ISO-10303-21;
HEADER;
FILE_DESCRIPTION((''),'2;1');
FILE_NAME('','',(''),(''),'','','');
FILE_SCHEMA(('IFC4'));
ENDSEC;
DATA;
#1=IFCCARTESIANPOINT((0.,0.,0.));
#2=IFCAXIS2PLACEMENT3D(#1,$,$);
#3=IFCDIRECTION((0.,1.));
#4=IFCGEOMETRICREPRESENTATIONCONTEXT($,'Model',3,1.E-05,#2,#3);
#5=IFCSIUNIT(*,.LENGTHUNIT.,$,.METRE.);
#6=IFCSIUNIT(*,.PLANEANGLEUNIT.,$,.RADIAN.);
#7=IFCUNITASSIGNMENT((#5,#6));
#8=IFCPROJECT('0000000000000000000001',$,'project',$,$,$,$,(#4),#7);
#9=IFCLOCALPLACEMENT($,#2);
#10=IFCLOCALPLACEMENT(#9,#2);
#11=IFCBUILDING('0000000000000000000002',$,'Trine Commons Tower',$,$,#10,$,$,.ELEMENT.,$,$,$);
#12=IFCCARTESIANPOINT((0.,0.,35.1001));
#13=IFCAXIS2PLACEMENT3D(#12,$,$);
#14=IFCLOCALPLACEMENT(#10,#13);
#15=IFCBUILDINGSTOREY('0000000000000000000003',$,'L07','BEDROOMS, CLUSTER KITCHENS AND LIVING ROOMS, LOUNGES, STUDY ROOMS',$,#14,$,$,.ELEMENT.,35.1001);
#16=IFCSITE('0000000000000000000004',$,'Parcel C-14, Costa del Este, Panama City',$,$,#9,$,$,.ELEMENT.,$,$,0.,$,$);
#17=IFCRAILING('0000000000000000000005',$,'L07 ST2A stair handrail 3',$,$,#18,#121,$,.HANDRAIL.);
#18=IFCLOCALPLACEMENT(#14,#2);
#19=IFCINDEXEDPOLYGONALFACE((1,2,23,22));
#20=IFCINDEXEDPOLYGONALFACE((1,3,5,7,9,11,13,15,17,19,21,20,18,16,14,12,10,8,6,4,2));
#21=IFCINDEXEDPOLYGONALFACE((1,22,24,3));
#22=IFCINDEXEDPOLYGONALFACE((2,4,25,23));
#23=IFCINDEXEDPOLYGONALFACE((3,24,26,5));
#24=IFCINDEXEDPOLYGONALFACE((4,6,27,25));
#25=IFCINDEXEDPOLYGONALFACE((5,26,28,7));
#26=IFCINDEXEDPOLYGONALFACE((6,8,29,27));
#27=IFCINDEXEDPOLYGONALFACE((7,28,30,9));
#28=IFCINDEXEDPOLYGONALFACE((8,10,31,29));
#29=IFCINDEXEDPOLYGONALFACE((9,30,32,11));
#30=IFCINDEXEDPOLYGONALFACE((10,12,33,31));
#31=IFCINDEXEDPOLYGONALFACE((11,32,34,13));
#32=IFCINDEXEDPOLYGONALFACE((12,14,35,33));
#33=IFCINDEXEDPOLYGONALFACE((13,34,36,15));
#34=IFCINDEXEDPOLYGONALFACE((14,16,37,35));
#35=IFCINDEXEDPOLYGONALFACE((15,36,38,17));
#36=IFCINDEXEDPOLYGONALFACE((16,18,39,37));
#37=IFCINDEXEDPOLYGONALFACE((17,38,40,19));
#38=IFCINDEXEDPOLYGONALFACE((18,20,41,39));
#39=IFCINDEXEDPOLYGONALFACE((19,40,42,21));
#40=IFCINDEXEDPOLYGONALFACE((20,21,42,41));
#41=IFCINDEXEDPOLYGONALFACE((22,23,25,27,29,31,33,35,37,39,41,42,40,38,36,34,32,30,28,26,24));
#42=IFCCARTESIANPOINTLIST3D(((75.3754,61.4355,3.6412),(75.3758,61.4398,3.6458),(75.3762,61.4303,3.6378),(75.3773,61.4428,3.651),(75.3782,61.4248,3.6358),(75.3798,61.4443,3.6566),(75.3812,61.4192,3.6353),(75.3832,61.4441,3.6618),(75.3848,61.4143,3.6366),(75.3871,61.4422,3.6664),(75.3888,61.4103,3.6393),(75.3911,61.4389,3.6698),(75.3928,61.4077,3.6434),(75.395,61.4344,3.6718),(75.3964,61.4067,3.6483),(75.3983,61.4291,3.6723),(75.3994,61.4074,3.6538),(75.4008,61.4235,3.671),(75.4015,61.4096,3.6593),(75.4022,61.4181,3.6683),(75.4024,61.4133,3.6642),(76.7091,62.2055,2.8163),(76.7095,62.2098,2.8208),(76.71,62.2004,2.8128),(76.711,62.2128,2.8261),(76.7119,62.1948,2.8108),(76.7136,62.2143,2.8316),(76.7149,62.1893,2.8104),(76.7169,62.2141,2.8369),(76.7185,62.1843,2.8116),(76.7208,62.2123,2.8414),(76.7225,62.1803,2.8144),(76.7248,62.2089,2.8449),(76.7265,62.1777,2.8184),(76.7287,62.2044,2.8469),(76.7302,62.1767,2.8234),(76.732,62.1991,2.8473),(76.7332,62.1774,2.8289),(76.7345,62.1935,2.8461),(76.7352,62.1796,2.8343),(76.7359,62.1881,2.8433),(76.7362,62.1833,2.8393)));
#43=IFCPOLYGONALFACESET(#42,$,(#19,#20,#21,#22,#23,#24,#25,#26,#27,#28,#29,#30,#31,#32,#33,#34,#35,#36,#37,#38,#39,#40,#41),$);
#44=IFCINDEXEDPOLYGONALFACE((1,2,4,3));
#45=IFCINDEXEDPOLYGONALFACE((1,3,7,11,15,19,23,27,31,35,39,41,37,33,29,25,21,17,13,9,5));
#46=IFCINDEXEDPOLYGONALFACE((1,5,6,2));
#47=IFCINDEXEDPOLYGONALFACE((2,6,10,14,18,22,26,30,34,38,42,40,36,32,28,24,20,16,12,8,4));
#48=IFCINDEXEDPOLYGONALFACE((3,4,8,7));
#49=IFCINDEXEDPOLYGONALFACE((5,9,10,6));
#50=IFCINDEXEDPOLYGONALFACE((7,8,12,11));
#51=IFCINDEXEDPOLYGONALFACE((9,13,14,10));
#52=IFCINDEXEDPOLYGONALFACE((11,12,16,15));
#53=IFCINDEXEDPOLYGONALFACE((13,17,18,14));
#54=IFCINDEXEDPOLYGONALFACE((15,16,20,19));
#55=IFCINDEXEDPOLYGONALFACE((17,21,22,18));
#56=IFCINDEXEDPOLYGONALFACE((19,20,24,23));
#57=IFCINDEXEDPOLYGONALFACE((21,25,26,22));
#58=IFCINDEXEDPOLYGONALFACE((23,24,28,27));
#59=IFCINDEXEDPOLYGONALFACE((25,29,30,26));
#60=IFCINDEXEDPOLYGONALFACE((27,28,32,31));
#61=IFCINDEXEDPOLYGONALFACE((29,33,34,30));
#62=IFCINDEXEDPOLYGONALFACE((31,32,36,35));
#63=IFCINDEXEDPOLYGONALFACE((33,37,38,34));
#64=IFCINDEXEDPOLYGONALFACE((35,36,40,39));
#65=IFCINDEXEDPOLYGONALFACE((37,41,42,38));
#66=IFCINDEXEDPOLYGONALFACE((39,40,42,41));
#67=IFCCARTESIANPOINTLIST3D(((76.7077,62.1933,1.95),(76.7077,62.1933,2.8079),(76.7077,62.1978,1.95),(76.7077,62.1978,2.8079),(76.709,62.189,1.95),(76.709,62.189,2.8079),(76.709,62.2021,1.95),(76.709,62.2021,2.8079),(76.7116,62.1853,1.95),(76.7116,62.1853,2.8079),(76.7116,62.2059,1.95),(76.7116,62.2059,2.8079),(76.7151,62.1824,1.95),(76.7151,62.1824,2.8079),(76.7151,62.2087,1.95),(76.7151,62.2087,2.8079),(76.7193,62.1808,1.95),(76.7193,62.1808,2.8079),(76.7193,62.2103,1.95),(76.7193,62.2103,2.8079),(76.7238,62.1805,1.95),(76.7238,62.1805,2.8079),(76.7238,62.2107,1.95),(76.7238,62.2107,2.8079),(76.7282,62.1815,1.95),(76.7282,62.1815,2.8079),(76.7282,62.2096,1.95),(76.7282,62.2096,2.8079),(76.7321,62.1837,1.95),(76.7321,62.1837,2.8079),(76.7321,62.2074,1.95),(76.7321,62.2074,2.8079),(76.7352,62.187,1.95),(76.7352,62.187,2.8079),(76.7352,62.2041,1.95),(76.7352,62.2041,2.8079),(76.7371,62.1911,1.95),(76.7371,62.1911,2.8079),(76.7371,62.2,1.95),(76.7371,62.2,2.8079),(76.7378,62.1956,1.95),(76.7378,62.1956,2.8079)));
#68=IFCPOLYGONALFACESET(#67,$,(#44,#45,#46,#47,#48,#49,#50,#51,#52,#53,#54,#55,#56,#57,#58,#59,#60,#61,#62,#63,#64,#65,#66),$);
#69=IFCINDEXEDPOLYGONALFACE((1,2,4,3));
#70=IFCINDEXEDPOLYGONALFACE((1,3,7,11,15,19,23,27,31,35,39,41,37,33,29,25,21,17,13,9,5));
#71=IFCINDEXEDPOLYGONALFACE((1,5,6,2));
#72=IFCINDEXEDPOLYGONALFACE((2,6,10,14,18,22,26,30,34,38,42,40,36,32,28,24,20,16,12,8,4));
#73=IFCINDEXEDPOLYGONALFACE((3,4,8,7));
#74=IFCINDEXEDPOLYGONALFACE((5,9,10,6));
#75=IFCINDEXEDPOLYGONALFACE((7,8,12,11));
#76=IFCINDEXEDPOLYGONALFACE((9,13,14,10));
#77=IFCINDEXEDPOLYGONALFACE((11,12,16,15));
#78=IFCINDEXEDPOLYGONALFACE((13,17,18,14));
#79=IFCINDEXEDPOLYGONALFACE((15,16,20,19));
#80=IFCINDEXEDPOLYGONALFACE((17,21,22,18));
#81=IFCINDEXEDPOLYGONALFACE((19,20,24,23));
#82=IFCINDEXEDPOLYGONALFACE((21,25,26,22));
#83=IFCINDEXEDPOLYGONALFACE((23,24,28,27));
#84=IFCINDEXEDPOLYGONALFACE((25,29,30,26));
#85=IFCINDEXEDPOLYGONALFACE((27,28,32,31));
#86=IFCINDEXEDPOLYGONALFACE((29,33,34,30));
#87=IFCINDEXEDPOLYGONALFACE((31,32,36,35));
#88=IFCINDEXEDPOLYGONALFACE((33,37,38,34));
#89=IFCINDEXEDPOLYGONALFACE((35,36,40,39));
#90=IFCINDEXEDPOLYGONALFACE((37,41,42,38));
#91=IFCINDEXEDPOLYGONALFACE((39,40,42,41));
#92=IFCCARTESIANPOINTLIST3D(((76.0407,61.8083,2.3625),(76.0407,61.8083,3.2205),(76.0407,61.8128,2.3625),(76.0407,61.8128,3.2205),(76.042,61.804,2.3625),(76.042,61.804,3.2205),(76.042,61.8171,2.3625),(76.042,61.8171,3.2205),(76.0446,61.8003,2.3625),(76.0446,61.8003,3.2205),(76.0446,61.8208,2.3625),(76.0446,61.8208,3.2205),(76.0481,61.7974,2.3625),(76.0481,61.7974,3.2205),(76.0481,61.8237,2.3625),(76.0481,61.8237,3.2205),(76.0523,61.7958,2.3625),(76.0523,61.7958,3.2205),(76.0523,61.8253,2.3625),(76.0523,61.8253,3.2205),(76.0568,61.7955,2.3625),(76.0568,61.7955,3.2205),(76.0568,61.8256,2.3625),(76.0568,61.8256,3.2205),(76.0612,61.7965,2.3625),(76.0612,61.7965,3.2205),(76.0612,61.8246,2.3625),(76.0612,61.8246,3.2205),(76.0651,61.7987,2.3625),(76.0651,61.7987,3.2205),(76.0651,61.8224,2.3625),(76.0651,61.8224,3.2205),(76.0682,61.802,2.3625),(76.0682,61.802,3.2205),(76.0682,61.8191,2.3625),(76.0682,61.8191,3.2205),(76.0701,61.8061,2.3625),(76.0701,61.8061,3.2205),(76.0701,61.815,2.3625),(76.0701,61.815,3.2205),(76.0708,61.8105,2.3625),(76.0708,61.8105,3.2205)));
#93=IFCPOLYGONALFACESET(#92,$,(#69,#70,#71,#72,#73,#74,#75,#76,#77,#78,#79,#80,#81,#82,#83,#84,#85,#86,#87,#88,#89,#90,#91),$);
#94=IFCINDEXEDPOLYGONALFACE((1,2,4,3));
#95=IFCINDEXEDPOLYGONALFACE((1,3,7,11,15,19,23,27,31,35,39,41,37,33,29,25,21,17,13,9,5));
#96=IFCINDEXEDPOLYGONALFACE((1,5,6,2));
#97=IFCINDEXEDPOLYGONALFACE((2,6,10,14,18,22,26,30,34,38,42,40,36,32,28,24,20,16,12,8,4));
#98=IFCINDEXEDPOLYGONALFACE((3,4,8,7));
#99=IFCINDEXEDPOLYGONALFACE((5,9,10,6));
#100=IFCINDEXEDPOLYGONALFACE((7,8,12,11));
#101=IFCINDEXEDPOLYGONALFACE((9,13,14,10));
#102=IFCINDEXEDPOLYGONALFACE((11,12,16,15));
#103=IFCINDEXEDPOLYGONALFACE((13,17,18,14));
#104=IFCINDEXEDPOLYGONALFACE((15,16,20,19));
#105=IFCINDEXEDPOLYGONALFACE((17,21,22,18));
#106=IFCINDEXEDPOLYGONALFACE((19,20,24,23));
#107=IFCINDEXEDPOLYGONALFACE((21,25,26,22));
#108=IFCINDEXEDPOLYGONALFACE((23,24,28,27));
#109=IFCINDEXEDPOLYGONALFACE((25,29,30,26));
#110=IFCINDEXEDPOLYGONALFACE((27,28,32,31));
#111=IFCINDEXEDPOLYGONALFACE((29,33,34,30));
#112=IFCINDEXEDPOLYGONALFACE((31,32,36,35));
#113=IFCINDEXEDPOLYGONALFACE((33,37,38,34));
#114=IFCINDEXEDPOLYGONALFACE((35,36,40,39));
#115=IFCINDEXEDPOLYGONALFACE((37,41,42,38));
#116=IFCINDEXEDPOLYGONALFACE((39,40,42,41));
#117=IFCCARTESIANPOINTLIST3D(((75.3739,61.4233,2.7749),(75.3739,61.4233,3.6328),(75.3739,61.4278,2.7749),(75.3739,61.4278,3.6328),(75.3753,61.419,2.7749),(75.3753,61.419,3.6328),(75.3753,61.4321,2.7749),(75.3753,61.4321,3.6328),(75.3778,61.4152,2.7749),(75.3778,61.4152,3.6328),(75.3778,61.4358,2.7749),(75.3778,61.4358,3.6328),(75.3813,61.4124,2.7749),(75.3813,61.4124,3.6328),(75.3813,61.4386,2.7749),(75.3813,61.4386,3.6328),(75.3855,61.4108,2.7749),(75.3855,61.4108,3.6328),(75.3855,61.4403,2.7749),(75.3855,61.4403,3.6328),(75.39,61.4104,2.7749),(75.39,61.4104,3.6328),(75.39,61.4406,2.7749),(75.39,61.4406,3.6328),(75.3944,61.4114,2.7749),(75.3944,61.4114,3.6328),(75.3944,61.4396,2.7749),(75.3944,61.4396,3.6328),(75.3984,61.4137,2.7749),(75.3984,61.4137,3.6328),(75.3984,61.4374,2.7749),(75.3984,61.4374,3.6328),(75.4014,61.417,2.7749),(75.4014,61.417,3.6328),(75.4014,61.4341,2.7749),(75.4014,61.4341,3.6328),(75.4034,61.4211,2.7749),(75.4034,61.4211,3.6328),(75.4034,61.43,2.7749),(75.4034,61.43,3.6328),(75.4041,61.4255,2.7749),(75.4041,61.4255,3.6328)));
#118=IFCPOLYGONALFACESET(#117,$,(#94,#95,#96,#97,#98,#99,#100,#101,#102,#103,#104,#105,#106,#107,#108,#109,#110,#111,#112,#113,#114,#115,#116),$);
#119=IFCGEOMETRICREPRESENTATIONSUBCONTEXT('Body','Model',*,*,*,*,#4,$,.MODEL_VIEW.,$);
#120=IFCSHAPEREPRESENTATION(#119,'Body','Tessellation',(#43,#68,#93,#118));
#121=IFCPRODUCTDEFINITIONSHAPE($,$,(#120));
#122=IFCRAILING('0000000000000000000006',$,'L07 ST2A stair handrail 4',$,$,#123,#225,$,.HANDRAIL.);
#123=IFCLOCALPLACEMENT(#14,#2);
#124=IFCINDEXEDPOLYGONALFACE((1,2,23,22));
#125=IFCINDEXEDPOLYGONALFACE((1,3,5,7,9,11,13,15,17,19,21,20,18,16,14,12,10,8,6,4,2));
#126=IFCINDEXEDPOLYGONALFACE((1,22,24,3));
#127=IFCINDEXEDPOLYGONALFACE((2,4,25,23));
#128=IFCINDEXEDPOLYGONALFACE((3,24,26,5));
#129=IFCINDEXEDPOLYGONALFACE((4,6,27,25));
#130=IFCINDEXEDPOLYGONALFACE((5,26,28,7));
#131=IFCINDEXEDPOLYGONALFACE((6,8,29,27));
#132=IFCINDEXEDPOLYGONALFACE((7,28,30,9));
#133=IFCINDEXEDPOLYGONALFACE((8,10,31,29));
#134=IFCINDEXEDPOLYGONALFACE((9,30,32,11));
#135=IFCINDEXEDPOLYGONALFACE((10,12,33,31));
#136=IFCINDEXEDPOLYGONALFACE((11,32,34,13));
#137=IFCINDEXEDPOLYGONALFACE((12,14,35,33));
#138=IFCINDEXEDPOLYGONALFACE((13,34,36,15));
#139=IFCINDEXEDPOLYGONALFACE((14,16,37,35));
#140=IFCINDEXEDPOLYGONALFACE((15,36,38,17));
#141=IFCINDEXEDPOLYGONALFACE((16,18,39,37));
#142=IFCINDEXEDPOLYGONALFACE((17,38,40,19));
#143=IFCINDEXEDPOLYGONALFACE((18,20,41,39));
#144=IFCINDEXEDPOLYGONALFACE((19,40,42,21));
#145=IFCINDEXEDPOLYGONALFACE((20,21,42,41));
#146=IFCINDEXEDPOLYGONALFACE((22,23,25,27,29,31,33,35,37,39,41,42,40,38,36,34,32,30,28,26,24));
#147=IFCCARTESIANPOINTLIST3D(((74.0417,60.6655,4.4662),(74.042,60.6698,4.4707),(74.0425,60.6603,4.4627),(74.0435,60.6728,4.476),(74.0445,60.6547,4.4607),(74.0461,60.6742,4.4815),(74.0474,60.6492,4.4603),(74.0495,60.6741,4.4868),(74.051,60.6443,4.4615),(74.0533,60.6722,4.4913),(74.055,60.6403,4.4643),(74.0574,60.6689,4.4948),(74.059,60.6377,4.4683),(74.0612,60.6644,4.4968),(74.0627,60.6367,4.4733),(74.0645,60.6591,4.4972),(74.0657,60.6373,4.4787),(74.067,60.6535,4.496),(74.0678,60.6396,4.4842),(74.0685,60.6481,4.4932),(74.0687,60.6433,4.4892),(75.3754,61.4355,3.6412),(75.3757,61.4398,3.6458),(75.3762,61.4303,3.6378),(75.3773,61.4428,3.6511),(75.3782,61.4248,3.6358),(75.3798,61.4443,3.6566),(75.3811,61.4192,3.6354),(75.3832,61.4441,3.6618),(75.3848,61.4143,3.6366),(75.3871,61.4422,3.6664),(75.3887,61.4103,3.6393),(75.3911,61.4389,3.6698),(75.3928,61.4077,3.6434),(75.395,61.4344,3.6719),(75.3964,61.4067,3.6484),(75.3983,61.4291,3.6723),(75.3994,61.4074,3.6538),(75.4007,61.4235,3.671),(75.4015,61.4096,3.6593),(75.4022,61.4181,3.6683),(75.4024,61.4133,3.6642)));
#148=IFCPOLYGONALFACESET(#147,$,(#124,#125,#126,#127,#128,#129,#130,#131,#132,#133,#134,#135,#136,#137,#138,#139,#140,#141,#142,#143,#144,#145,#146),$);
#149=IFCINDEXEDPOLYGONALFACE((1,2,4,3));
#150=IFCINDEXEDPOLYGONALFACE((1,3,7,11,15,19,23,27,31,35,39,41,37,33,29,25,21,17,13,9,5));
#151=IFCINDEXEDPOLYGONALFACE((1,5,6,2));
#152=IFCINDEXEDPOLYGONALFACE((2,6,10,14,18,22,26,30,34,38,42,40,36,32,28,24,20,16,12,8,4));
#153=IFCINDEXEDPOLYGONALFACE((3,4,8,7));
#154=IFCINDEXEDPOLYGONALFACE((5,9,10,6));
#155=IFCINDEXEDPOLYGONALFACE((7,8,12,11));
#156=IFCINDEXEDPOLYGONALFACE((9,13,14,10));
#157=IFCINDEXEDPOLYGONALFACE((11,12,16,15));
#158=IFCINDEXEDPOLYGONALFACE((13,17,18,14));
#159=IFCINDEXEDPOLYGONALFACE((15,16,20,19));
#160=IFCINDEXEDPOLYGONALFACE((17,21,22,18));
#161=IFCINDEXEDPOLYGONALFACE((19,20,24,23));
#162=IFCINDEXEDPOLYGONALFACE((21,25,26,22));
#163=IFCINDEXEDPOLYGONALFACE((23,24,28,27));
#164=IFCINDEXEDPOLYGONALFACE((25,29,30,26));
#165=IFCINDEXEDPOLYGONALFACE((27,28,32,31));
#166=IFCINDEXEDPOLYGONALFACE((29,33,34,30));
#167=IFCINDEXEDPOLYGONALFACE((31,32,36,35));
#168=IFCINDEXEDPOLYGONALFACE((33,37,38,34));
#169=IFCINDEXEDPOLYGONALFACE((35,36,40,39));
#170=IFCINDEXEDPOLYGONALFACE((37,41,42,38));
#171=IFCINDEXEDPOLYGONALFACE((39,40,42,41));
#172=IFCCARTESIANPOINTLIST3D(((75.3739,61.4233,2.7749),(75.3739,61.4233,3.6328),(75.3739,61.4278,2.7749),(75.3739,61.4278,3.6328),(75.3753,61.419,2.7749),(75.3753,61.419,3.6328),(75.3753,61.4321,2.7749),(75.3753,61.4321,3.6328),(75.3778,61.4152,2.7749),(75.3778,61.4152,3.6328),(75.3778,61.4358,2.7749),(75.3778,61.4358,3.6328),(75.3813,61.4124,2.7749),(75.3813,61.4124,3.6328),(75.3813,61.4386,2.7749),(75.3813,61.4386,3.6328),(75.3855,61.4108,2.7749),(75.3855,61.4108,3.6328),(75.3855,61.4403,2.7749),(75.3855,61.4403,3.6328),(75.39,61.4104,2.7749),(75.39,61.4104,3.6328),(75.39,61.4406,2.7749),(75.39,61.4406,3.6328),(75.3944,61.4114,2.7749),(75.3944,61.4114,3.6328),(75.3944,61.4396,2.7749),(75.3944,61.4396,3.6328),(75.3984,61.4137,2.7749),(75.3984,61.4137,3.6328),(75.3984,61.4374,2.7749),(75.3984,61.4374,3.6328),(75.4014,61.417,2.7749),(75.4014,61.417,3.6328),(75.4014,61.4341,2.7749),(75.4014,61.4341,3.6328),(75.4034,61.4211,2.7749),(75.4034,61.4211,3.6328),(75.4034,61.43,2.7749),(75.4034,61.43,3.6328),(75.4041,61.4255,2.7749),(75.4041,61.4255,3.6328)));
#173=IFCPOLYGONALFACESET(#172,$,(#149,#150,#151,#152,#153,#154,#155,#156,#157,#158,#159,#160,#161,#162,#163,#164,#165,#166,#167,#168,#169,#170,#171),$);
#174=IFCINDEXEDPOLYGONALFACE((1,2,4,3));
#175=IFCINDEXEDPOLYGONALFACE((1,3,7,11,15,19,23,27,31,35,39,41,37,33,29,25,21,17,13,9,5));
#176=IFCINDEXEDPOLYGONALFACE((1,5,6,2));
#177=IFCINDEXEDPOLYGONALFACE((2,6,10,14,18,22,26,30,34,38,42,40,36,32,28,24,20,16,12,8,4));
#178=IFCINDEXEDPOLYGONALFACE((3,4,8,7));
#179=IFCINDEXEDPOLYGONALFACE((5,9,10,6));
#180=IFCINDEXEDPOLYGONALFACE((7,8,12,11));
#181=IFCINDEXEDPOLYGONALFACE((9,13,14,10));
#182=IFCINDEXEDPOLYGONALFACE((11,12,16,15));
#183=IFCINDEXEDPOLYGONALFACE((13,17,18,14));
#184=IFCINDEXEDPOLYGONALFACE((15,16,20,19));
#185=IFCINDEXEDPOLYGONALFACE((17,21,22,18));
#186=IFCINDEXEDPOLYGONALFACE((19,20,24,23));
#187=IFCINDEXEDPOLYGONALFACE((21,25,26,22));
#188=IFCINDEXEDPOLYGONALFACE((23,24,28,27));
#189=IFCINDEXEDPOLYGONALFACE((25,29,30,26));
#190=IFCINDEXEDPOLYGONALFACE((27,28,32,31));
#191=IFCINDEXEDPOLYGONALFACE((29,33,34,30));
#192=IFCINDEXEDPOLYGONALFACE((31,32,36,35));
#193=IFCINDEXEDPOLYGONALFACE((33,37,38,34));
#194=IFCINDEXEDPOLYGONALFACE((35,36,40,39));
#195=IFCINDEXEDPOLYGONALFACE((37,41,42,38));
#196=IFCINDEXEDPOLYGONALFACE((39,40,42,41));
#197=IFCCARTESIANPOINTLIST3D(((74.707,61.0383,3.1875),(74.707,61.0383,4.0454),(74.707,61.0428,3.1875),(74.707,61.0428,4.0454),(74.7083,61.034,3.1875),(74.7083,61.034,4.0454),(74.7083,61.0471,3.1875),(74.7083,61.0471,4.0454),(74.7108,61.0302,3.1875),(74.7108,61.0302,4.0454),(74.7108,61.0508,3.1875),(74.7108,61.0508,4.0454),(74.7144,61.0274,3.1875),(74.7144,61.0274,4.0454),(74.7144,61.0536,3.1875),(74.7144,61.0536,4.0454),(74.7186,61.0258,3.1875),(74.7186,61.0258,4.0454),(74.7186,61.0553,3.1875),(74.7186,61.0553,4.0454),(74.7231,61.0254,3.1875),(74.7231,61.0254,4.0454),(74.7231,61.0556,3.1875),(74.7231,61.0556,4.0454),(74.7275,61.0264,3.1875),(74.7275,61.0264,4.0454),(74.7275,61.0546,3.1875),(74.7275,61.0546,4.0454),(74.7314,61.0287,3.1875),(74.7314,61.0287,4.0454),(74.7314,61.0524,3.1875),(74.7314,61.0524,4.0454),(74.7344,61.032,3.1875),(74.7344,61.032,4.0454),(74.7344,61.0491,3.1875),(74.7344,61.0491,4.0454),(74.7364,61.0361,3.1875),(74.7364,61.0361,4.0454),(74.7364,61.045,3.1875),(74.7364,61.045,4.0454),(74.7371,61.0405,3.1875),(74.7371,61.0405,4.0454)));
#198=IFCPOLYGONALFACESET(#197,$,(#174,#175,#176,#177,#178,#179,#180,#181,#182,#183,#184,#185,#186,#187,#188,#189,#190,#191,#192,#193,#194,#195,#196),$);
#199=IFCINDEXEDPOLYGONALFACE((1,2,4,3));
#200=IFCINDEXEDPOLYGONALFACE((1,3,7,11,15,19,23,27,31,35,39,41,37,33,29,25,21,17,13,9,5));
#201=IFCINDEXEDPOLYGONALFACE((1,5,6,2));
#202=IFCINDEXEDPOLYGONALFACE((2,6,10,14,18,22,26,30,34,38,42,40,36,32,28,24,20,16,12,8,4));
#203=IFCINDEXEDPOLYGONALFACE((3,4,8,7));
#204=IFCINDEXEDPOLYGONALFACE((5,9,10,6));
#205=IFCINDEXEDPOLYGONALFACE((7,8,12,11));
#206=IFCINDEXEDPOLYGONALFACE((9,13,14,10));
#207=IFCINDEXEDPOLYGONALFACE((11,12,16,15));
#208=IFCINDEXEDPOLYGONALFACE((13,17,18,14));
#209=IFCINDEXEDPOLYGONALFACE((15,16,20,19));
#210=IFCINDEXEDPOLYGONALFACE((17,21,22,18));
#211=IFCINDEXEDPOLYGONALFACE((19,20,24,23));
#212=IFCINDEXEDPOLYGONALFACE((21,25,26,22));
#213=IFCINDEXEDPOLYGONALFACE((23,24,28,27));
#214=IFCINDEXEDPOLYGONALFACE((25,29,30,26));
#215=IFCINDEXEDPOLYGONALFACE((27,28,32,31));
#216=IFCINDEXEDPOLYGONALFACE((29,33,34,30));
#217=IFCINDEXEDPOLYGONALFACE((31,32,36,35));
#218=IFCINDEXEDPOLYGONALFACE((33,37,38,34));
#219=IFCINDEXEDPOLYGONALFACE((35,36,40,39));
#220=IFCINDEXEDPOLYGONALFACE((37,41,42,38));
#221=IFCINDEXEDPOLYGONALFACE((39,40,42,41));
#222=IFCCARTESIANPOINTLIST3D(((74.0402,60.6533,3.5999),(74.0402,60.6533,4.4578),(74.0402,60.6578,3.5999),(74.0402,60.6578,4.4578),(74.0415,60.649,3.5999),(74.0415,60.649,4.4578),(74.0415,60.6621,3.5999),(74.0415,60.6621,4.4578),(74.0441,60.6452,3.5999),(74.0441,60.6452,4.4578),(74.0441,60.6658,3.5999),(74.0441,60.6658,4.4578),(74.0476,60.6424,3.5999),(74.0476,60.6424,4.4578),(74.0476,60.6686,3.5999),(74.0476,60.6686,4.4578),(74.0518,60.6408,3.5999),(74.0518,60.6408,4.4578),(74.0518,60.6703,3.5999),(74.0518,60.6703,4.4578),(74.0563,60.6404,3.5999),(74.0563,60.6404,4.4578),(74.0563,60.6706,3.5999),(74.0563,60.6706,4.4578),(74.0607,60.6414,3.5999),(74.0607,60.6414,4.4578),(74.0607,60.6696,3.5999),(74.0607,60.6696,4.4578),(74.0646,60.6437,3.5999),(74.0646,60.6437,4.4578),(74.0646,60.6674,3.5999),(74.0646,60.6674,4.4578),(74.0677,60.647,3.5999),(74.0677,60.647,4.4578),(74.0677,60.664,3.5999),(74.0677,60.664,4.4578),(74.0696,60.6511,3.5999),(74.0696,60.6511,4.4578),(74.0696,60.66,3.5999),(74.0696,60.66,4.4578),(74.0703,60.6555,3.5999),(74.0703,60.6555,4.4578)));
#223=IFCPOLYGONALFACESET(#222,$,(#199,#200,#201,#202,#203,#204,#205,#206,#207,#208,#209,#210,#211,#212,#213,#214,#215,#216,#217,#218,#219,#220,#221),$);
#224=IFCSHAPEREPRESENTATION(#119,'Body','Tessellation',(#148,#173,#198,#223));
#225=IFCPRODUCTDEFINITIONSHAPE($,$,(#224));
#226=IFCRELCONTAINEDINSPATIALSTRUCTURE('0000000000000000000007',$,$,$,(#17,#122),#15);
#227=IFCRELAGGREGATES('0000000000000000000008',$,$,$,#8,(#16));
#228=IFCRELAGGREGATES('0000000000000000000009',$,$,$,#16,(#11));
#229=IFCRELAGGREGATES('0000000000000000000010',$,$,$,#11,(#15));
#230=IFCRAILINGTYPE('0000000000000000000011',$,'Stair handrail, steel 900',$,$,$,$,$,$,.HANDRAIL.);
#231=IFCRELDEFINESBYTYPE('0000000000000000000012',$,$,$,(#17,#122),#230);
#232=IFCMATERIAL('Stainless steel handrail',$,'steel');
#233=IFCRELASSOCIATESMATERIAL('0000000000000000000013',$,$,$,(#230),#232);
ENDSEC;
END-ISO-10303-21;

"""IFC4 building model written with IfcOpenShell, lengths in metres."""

from ifc_helpers import new_model, si_unit, direction, frame, origin, origin_2d, place, context, subcontext, project, spatial, circle, extrude, material, type_object, element, save


model = new_model("IFC4")

# Units and contexts
model_context = context("Model", 3, precision=1e-05, world=origin(), true_north=direction((0.0, 1.0)))
body_context = subcontext(model_context, "Body", "Model", "MODEL_VIEW")
ifc_project = project(units=[si_unit("LENGTHUNIT", "METRE"), si_unit("PLANEANGLEUNIT", "RADIAN")], contexts=[model_context])

# Site, building, storey
site_placement = place(None, origin())
site = spatial("IfcSite", under=ifc_project, at=site_placement, Name="Parcel C-14, Costa del Este, Panama City", CompositionType="ELEMENT", RefElevation=0.0)
building_placement = place(site_placement, origin())
building = spatial("IfcBuilding", under=site, at=building_placement, Name="Trine Commons Tower", CompositionType="ELEMENT")
storey_placement = place(building_placement, frame((0.0, 0.0, 35.1001)))
storey = spatial("IfcBuildingStorey", under=building, at=storey_placement, Name="L07", Description="BEDROOMS, CLUSTER KITCHENS AND LIVING ROOMS, LOUNGES, STUDY ROOMS", CompositionType="ELEMENT", Elevation=35.1001)

# Railings
ifc_material_1 = material(Name="Stainless steel handrail", Category="steel")
railing_type_1 = type_object("IfcRailingType", Name="Stair handrail, steel 900", PredefinedType="HANDRAIL", material=ifc_material_1)
for number, where, name in (
    (1, (76.7227, 62.1956, 1.95), "L07 ST2A stair handrail 3"),
    (2, (75.3889, 61.4255, 2.7749), "L07 ST2A stair handrail 4"),
):
    element("IfcRailing", number, at=place(storey_placement, frame(where)), inside=storey, type_object=railing_type_1, Name=name, PredefinedType="HANDRAIL", context=body_context, shape_type="SweptSolid", body=[
        extrude(circle(Radius=0.021, at=origin_2d()), frame((0.0, 0.0, 0.8789), z_axis=(-0.763405, -0.440743, 0.472185), x_axis=(0.499992, -0.86603, 0.0)), (0.0, 0.0, 1.0), 1.7471),
        extrude(circle(Radius=0.0151, at=origin_2d()), origin(), (0.0, 0.0, 1.0), 0.8579),
        extrude(circle(Radius=0.0151, at=origin_2d()), frame((-0.667, -0.385, 0.4126)), (0.0, 0.0, 1.0), 0.8579),
        extrude(circle(Radius=0.0151, at=origin_2d()), frame((-1.3337, -0.77, 0.825)), (0.0, 0.0, 1.0), 0.8579),
    ])

save(model, "model.ifc")
